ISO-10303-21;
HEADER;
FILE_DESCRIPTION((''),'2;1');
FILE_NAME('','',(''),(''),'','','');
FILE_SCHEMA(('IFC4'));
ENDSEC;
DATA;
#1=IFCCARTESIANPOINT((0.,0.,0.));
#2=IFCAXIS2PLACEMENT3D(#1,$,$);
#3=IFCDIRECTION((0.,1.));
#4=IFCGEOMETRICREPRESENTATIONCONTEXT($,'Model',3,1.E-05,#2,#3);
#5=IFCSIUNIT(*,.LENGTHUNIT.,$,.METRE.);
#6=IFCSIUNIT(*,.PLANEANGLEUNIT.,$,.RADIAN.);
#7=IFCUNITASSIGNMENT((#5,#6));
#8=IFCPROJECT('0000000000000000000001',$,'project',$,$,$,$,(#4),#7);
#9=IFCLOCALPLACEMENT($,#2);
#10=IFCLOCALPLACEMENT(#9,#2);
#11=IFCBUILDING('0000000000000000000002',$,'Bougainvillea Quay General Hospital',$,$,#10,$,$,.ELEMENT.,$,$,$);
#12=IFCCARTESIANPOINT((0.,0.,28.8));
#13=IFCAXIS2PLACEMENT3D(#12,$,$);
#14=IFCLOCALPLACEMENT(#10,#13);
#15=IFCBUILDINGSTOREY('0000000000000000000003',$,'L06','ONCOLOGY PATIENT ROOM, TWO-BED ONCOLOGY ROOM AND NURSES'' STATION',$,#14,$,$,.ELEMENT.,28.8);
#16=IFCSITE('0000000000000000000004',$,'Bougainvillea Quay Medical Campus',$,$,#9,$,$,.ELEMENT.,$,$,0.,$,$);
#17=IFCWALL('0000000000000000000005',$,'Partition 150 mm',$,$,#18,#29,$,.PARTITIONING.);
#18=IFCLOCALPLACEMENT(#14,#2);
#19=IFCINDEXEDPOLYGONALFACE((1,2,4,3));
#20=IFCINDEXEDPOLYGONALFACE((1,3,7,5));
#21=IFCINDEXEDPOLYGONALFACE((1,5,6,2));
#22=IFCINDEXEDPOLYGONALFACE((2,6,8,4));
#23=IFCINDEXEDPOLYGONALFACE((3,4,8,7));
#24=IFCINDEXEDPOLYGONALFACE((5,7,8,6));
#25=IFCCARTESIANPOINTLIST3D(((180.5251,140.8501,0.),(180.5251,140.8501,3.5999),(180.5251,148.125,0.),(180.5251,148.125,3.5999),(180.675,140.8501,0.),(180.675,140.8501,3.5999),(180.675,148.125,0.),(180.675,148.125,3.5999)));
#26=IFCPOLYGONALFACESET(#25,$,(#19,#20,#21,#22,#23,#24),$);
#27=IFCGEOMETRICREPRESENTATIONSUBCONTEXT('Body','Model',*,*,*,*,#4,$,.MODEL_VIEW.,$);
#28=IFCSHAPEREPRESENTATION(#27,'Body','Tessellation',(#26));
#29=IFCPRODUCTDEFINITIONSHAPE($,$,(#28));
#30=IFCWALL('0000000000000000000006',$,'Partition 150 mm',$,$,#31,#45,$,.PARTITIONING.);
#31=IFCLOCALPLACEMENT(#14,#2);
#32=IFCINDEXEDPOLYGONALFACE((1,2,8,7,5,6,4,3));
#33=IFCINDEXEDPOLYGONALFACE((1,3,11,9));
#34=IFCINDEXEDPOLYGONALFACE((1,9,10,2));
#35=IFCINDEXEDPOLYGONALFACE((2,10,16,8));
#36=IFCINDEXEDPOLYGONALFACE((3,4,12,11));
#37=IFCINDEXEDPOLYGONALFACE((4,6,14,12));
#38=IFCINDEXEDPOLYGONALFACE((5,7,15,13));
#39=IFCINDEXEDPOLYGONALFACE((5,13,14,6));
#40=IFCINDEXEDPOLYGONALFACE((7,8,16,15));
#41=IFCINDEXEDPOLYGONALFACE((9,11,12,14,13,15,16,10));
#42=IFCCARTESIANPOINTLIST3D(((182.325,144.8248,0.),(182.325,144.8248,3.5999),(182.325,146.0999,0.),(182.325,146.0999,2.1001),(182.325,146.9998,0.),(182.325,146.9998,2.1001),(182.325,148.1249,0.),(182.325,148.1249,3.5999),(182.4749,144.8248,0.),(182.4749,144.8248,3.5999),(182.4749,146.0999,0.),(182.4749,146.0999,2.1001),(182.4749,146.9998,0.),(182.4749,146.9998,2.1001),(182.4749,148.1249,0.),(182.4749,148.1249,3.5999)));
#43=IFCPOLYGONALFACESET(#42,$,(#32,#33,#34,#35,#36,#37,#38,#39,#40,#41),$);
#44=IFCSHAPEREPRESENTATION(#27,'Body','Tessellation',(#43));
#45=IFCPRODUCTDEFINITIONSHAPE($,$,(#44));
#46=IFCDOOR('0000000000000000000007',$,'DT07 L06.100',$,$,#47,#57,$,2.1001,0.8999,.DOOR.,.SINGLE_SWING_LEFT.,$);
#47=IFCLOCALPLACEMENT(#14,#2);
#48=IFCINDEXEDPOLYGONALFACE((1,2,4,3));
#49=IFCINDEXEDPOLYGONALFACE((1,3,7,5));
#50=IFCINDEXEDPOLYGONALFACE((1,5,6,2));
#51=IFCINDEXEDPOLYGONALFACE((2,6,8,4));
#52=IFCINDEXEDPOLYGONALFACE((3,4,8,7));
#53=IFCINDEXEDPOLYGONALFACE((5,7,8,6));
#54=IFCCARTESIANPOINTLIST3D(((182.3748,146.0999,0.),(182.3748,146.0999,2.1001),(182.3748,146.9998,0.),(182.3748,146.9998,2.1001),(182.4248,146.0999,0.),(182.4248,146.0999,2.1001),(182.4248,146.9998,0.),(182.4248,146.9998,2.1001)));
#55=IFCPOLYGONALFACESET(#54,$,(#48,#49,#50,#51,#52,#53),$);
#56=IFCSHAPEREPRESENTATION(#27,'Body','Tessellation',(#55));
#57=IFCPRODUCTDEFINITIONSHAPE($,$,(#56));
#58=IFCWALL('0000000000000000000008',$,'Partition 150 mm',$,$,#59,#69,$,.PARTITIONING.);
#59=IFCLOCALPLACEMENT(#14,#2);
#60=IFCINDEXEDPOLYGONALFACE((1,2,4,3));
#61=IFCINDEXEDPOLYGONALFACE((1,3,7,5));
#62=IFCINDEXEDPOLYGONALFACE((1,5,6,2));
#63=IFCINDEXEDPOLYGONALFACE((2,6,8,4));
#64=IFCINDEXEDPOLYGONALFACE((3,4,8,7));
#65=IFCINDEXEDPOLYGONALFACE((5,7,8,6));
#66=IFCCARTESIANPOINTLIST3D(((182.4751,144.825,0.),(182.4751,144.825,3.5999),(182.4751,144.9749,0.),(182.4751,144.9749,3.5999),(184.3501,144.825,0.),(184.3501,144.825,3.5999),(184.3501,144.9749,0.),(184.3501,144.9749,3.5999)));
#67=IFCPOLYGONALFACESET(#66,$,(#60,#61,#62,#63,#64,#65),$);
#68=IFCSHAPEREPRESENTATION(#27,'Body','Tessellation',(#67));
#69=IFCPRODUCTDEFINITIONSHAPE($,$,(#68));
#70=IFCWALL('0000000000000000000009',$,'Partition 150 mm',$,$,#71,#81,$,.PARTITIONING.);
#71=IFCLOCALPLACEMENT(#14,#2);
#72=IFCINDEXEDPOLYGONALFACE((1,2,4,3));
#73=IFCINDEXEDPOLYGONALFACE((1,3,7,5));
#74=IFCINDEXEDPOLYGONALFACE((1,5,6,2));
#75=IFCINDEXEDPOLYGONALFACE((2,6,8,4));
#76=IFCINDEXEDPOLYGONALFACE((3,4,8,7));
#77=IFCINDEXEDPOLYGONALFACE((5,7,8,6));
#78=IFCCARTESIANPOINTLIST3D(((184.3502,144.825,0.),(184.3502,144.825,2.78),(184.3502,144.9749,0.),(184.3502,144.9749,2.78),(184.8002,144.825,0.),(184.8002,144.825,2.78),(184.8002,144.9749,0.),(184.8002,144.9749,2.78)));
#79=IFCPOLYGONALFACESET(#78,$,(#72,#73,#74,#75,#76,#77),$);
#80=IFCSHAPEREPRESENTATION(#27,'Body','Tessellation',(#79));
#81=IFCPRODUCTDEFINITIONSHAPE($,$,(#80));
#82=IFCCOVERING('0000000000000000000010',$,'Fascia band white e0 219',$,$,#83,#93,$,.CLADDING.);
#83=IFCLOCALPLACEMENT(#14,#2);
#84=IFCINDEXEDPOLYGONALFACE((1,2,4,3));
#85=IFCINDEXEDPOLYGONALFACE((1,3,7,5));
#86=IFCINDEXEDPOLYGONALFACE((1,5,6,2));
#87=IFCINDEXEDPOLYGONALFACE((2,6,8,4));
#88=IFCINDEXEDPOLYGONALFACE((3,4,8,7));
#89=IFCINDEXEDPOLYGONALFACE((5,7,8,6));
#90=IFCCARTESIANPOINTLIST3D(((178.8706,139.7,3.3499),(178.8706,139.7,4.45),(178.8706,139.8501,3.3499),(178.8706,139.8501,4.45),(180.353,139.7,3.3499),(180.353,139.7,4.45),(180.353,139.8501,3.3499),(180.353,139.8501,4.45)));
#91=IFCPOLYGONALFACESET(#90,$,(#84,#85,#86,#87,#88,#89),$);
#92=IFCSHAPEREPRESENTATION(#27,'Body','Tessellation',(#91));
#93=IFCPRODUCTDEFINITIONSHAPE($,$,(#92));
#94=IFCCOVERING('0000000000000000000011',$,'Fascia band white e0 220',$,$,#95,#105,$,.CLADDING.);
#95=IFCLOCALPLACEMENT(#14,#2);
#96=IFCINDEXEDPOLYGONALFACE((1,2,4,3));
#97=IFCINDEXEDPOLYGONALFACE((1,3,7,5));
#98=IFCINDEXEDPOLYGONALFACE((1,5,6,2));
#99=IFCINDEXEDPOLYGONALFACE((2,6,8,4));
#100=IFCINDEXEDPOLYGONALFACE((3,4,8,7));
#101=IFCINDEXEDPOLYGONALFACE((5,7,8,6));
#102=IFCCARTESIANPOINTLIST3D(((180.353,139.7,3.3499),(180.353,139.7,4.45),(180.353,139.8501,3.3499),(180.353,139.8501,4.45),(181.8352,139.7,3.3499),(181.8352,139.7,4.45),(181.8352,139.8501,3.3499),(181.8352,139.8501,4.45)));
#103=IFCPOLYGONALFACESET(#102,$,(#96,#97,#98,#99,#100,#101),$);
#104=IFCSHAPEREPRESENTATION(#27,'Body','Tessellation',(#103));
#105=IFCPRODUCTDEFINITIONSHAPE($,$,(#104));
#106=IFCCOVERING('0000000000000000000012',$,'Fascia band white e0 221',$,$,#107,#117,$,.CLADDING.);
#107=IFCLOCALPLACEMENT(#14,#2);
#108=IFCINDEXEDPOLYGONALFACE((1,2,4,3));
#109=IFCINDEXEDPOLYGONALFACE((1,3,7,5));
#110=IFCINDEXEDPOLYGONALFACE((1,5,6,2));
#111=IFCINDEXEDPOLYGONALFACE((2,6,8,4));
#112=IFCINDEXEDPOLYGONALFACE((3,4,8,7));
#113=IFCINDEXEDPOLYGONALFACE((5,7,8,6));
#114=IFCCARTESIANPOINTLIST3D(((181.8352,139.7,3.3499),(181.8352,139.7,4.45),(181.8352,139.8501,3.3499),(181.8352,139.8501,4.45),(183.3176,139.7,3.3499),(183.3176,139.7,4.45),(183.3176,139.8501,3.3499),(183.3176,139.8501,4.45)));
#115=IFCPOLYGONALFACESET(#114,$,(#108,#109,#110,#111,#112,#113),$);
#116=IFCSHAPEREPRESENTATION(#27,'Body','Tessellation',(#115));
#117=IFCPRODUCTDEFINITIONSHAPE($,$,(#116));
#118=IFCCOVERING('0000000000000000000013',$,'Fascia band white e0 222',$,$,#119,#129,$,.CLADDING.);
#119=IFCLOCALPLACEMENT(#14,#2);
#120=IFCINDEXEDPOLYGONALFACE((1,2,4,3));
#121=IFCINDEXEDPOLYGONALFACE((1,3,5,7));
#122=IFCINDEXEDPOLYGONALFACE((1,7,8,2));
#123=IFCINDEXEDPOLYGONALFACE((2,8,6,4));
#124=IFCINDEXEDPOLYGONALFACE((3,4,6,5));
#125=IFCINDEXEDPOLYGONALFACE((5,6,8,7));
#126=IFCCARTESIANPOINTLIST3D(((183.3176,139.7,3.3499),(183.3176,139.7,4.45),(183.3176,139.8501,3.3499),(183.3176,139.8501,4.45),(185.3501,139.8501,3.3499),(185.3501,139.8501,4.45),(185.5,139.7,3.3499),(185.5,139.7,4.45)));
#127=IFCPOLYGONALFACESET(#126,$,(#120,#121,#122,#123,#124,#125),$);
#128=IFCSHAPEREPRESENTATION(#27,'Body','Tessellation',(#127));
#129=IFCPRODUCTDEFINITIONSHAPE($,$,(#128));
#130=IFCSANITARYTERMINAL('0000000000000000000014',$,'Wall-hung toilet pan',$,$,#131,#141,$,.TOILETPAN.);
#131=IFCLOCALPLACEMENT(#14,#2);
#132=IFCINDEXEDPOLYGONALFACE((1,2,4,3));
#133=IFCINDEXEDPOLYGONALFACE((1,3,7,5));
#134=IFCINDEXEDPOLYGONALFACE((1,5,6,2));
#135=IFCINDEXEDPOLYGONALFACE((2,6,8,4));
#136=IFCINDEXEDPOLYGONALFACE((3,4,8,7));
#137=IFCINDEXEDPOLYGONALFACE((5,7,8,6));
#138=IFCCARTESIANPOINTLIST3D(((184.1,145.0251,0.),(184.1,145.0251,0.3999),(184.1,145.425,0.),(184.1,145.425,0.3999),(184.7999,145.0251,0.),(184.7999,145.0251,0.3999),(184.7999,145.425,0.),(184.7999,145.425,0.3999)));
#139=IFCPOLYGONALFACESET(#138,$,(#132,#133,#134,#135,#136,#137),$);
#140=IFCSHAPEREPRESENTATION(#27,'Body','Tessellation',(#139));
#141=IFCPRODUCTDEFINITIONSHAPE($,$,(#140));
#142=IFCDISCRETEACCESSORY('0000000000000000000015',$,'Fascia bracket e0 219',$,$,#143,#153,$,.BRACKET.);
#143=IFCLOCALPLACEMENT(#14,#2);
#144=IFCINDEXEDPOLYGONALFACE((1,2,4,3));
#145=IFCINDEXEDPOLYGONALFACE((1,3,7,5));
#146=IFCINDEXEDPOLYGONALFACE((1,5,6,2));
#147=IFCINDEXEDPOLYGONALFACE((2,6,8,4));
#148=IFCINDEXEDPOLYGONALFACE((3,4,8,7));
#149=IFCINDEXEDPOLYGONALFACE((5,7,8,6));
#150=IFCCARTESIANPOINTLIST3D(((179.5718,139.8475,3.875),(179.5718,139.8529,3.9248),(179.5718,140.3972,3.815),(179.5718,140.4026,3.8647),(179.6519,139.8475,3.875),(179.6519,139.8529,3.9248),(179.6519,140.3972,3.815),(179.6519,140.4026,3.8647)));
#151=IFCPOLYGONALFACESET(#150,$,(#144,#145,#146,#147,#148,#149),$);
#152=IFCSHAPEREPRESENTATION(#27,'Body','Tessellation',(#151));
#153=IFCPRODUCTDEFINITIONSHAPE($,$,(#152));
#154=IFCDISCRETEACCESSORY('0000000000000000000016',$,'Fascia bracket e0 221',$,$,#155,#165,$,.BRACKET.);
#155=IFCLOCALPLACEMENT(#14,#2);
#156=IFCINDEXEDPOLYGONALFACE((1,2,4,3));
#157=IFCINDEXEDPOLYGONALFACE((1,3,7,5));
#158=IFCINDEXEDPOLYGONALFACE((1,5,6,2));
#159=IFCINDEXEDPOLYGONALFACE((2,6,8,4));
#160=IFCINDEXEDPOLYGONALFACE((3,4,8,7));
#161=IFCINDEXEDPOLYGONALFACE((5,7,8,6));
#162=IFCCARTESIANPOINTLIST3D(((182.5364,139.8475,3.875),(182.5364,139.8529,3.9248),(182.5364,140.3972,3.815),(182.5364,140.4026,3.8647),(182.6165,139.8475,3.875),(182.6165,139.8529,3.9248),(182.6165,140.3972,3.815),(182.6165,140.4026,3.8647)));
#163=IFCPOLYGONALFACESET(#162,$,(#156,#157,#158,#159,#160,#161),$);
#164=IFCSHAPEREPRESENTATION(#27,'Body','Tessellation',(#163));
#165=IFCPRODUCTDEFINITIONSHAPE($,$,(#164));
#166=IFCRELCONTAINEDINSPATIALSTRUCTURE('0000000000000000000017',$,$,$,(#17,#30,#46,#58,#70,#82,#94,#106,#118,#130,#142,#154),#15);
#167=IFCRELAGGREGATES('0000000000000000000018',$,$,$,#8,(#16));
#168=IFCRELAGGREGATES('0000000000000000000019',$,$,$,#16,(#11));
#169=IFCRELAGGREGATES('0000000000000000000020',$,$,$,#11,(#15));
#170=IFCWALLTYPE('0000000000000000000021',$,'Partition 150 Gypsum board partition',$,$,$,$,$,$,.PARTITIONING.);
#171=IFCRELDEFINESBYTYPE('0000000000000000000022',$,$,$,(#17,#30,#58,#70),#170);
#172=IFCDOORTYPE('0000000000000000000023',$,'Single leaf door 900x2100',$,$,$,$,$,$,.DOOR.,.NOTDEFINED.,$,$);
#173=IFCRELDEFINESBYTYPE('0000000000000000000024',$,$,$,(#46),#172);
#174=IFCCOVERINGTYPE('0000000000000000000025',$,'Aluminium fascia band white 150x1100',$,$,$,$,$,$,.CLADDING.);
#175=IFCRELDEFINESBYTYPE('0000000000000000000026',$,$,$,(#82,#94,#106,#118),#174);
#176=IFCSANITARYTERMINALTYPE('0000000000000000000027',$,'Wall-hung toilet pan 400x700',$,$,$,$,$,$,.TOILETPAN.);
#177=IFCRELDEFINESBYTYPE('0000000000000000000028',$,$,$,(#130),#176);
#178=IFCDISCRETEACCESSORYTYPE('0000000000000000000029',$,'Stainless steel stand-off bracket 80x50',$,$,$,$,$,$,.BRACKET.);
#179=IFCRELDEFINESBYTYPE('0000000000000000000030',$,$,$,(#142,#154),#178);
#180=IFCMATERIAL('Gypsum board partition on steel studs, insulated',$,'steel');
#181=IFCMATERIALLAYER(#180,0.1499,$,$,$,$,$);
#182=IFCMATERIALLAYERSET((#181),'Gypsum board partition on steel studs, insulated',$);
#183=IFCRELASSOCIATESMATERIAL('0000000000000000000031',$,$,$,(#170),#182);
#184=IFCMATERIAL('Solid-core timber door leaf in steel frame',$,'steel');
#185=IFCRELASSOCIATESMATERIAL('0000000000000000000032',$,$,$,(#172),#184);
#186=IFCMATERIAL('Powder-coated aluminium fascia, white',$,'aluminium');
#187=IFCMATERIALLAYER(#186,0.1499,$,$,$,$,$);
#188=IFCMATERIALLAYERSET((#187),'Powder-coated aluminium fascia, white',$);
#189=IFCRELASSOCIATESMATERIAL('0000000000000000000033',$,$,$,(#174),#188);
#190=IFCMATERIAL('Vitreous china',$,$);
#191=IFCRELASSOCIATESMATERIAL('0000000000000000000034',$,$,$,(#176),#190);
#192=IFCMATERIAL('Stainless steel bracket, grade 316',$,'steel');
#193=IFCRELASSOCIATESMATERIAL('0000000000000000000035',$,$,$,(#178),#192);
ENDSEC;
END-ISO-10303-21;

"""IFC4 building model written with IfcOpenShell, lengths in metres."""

from ifc_helpers import new_model, si_unit, direction, frame, frame_2d, origin, origin_2d, place, context, subcontext, project, spatial, polyline, rectangle, outline, extrude, material, layer, layer_set, material_profile, profile_set, type_object, element, fill, save


model = new_model("IFC4")

# Units and contexts
model_context = context("Model", 3, precision=1e-05, world=origin(), true_north=direction((0.0, 1.0)))
body_context = subcontext(model_context, "Body", "Model", "MODEL_VIEW")
ifc_project = project(units=[si_unit("LENGTHUNIT", "METRE"), si_unit("PLANEANGLEUNIT", "RADIAN")], contexts=[model_context])

# Site, building, storey
site_placement = place(None, origin())
site = spatial("IfcSite", under=ifc_project, at=site_placement, Name="Bougainvillea Quay Medical Campus", CompositionType="ELEMENT", RefElevation=0.0)
building_placement = place(site_placement, origin())
building = spatial("IfcBuilding", under=site, at=building_placement, Name="Bougainvillea Quay General Hospital", CompositionType="ELEMENT")
storey_placement = place(building_placement, frame((0.0, 0.0, 28.8)))
storey = spatial("IfcBuildingStorey", under=building, at=storey_placement, Name="L06", Description="ONCOLOGY PATIENT ROOM, TWO-BED ONCOLOGY ROOM AND NURSES' STATION", CompositionType="ELEMENT", Elevation=28.8)

# Wall
ifc_material_1 = material(Name="Gypsum board partition on steel studs, insulated", Category="steel")
ifc_layer_1 = layer(ifc_material_1, 0.1499)
ifc_layer_set_1 = layer_set([ifc_layer_1], Name="Gypsum board partition on steel studs, insulated")
wall_type_1 = type_object("IfcWallType", Name="Partition 150 Gypsum board partition", PredefinedType="PARTITIONING", material=ifc_layer_set_1)
wall_1_placement = place(storey_placement, frame((180.6001, 140.8501, 0.0), z_axis=(0.0, 0.0, 1.0), x_axis=(0.0, 1.0, 0.0)))
element("IfcWall", 1, at=wall_1_placement, inside=storey, type_object=wall_type_1, Name="Partition 150 mm", PredefinedType="PARTITIONING", context=body_context, shape_type="SweptSolid", body=[
    extrude(rectangle(XDim=7.2749, YDim=0.1499, at=frame_2d((3.6375, 0.0))), origin(), (0.0, 0.0, 1.0), 3.5999),
])

# Wall, opening, door
wall_2_placement = place(storey_placement, frame((182.3999, 144.825, 0.0), z_axis=(0.0, 0.0, 1.0), x_axis=(0.0, 1.0, 0.0)))
wall_2 = element("IfcWall", 2, at=wall_2_placement, inside=storey, type_object=wall_type_1, Name="Partition 150 mm", PredefinedType="PARTITIONING", context=body_context, shape_type="SweptSolid", body=[
    extrude(rectangle(XDim=3.3, YDim=0.1499, at=frame_2d((1.6499, 0.0))), origin(), (0.0, 0.0, 1.0), 3.5999),
])
opening_placement = place(wall_2_placement, frame((1.2749, 0.0, 0.0)))
opening = element("IfcOpeningElement", 3, at=opening_placement, cuts=wall_2, PredefinedType="OPENING", context=body_context, shape_type="SweptSolid", body=[
    extrude(rectangle(XDim=0.8999, YDim=2.1001, at=frame_2d((0.45, 1.05))), frame((0.0, 0.085, 0.0), z_axis=(0.0, -1.0, 0.0), x_axis=(1.0, 0.0, 0.0)), (0.0, 0.0, 1.0), 0.1699),
])
ifc_material_2 = material(Name="Solid-core timber door leaf in steel frame", Category="steel")
door_type = type_object("IfcDoorType", Name="Single leaf door 900x2100", OperationType="NOTDEFINED", PredefinedType="DOOR", material=ifc_material_2)
door_placement = place(opening_placement, frame((0.8999, 0.0, 0.0), z_axis=(0.0, 0.0, 1.0), x_axis=(-1.0, 0.0, 0.0)))
door = element("IfcDoor", 4, at=door_placement, inside=storey, type_object=door_type, Name="DT07 L06.100", OperationType="SINGLE_SWING_LEFT", OverallHeight=2.1001, OverallWidth=0.8999, PredefinedType="DOOR", context=body_context, shape_type="SweptSolid", body=[
    extrude(rectangle(XDim=0.8999, YDim=2.1001, at=frame_2d((0.45, 1.05))), frame((0.0, 0.0249, 0.0), z_axis=(0.0, -1.0, 0.0), x_axis=(1.0, 0.0, 0.0)), (0.0, 0.0, 1.0), 0.05),
])
fill(opening, door)

# Walls
wall_3_placement = place(storey_placement, frame((182.4751, 144.8999, 0.0), z_axis=(0.0, 0.0, 1.0), x_axis=(1.0, 0.0, 0.0)))
element("IfcWall", 5, at=wall_3_placement, inside=storey, type_object=wall_type_1, Name="Partition 150 mm", PredefinedType="PARTITIONING", context=body_context, shape_type="SweptSolid", body=[
    extrude(rectangle(XDim=1.875, YDim=0.1499, at=frame_2d((0.9375, 0.0))), origin(), (0.0, 0.0, 1.0), 3.5999),
])
wall_4_placement = place(storey_placement, frame((184.3501, 144.8999, 0.0), z_axis=(0.0, 0.0, 1.0), x_axis=(1.0, 0.0, 0.0)))
element("IfcWall", 6, at=wall_4_placement, inside=storey, type_object=wall_type_1, Name="Partition 150 mm", PredefinedType="PARTITIONING", context=body_context, shape_type="SweptSolid", body=[
    extrude(rectangle(XDim=0.45, YDim=0.1499, at=frame_2d((0.2251, 0.0))), origin(), (0.0, 0.0, 1.0), 2.78),
])

# Coverings
ifc_material_3 = material(Name="Powder-coated aluminium fascia, white", Category="aluminium")
ifc_layer_2 = layer(ifc_material_3, 0.1499)
ifc_layer_set_2 = layer_set([ifc_layer_2], Name="Powder-coated aluminium fascia, white")
covering_type = type_object("IfcCoveringType", Name="Aluminium fascia band white 150x1100", PredefinedType="CLADDING", material=ifc_layer_set_2)
covering_1_placement = place(storey_placement, frame((178.8706, 139.8501, 3.3499), z_axis=(0.0, 0.0, 1.0), x_axis=(1.0, 0.0, 0.0)))
element("IfcCovering", 7, at=covering_1_placement, inside=storey, type_object=covering_type, Name="Fascia band white e0 219", PredefinedType="CLADDING", context=body_context, shape_type="SweptSolid", body=[
    extrude(outline(polyline([(0.0, 0.0), (1.4824, 0.0), (1.4824, -0.1501), (0.0, -0.1501), (0.0, 0.0)])), origin(), (0.0, 0.0, 1.0), 1.1001),
])
covering_2_placement = place(storey_placement, frame((180.353, 139.8501, 3.3499), z_axis=(0.0, 0.0, 1.0), x_axis=(1.0, 0.0, 0.0)))
element("IfcCovering", 8, at=covering_2_placement, inside=storey, type_object=covering_type, Name="Fascia band white e0 220", PredefinedType="CLADDING", context=body_context, shape_type="SweptSolid", body=[
    extrude(outline(polyline([(0.0, 0.0), (1.4822, 0.0), (1.4822, -0.1501), (0.0, -0.1501), (0.0, 0.0)])), origin(), (0.0, 0.0, 1.0), 1.1001),
])
covering_3_placement = place(storey_placement, frame((181.8352, 139.8501, 3.3499), z_axis=(0.0, 0.0, 1.0), x_axis=(1.0, 0.0, 0.0)))
element("IfcCovering", 9, at=covering_3_placement, inside=storey, type_object=covering_type, Name="Fascia band white e0 221", PredefinedType="CLADDING", context=body_context, shape_type="SweptSolid", body=[
    extrude(outline(polyline([(0.0, 0.0), (1.4824, 0.0), (1.4824, -0.1501), (0.0, -0.1501), (0.0, 0.0)])), origin(), (0.0, 0.0, 1.0), 1.1001),
])
covering_4_placement = place(storey_placement, frame((183.3176, 139.8501, 3.3499), z_axis=(0.0, 0.0, 1.0), x_axis=(1.0, 0.0, 0.0)))
element("IfcCovering", 10, at=covering_4_placement, inside=storey, type_object=covering_type, Name="Fascia band white e0 222", PredefinedType="CLADDING", context=body_context, shape_type="SweptSolid", body=[
    extrude(outline(polyline([(0.0, 0.0), (2.0325, 0.0), (2.1824, -0.1501), (0.0, -0.1501), (0.0, 0.0)])), origin(), (0.0, 0.0, 1.0), 1.1001),
])

# Sanitary terminal
ifc_material_4 = material(Name="Vitreous china")
sanitary_terminal_type = type_object("IfcSanitaryTerminalType", Name="Wall-hung toilet pan 400x700", PredefinedType="TOILETPAN", material=ifc_material_4)
sanitary_terminal_placement = place(storey_placement, frame((184.45, 145.2251, 0.0), z_axis=(0.0, 0.0, 1.0), x_axis=(0.0, -1.0, 0.0)))
element("IfcSanitaryTerminal", 11, at=sanitary_terminal_placement, inside=storey, type_object=sanitary_terminal_type, Name="Wall-hung toilet pan", PredefinedType="TOILETPAN", context=body_context, shape_type="SweptSolid", body=[
    extrude(rectangle(XDim=0.3999, YDim=0.7, at=origin_2d()), origin(), (0.0, 0.0, 1.0), 0.3999),
])

# Discrete accessories
ifc_material_5 = material(Name="Stainless steel bracket, grade 316", Category="steel")
ifc_material_profile_1 = material_profile(ifc_material_5, rectangle(XDim=0.0801, YDim=0.05, at=origin_2d()))
ifc_profile_set_1 = profile_set([ifc_material_profile_1], Name="Stainless steel bracket, grade 316")
discrete_accessory_type = type_object("IfcDiscreteAccessoryType", Name="Stainless steel stand-off bracket 80x50", PredefinedType="BRACKET", material=ifc_profile_set_1)
for number, where, z_axis, x_axis, name in (
    (12, (179.6118, 140.3999, 3.8398), (0.0, -0.994087, 0.10859), (1.0, 0.0, 0.0), "Fascia bracket e0 219"),
    (13, (182.5764, 140.3999, 3.8398), (0.0, -0.994087, 0.10859), (1.0, 0.0, 0.0), "Fascia bracket e0 221"),
):
    element("IfcDiscreteAccessory", number, at=place(storey_placement, frame(where, z_axis=z_axis, x_axis=x_axis)), inside=storey, type_object=discrete_accessory_type, Name=name, PredefinedType="BRACKET", context=body_context, shape_type="SweptSolid", body=[
        extrude(rectangle(XDim=0.0801, YDim=0.05, at=origin_2d()), origin(), (0.0, 0.0, 1.0), 0.553),
    ])

save(model, "model.ifc")
